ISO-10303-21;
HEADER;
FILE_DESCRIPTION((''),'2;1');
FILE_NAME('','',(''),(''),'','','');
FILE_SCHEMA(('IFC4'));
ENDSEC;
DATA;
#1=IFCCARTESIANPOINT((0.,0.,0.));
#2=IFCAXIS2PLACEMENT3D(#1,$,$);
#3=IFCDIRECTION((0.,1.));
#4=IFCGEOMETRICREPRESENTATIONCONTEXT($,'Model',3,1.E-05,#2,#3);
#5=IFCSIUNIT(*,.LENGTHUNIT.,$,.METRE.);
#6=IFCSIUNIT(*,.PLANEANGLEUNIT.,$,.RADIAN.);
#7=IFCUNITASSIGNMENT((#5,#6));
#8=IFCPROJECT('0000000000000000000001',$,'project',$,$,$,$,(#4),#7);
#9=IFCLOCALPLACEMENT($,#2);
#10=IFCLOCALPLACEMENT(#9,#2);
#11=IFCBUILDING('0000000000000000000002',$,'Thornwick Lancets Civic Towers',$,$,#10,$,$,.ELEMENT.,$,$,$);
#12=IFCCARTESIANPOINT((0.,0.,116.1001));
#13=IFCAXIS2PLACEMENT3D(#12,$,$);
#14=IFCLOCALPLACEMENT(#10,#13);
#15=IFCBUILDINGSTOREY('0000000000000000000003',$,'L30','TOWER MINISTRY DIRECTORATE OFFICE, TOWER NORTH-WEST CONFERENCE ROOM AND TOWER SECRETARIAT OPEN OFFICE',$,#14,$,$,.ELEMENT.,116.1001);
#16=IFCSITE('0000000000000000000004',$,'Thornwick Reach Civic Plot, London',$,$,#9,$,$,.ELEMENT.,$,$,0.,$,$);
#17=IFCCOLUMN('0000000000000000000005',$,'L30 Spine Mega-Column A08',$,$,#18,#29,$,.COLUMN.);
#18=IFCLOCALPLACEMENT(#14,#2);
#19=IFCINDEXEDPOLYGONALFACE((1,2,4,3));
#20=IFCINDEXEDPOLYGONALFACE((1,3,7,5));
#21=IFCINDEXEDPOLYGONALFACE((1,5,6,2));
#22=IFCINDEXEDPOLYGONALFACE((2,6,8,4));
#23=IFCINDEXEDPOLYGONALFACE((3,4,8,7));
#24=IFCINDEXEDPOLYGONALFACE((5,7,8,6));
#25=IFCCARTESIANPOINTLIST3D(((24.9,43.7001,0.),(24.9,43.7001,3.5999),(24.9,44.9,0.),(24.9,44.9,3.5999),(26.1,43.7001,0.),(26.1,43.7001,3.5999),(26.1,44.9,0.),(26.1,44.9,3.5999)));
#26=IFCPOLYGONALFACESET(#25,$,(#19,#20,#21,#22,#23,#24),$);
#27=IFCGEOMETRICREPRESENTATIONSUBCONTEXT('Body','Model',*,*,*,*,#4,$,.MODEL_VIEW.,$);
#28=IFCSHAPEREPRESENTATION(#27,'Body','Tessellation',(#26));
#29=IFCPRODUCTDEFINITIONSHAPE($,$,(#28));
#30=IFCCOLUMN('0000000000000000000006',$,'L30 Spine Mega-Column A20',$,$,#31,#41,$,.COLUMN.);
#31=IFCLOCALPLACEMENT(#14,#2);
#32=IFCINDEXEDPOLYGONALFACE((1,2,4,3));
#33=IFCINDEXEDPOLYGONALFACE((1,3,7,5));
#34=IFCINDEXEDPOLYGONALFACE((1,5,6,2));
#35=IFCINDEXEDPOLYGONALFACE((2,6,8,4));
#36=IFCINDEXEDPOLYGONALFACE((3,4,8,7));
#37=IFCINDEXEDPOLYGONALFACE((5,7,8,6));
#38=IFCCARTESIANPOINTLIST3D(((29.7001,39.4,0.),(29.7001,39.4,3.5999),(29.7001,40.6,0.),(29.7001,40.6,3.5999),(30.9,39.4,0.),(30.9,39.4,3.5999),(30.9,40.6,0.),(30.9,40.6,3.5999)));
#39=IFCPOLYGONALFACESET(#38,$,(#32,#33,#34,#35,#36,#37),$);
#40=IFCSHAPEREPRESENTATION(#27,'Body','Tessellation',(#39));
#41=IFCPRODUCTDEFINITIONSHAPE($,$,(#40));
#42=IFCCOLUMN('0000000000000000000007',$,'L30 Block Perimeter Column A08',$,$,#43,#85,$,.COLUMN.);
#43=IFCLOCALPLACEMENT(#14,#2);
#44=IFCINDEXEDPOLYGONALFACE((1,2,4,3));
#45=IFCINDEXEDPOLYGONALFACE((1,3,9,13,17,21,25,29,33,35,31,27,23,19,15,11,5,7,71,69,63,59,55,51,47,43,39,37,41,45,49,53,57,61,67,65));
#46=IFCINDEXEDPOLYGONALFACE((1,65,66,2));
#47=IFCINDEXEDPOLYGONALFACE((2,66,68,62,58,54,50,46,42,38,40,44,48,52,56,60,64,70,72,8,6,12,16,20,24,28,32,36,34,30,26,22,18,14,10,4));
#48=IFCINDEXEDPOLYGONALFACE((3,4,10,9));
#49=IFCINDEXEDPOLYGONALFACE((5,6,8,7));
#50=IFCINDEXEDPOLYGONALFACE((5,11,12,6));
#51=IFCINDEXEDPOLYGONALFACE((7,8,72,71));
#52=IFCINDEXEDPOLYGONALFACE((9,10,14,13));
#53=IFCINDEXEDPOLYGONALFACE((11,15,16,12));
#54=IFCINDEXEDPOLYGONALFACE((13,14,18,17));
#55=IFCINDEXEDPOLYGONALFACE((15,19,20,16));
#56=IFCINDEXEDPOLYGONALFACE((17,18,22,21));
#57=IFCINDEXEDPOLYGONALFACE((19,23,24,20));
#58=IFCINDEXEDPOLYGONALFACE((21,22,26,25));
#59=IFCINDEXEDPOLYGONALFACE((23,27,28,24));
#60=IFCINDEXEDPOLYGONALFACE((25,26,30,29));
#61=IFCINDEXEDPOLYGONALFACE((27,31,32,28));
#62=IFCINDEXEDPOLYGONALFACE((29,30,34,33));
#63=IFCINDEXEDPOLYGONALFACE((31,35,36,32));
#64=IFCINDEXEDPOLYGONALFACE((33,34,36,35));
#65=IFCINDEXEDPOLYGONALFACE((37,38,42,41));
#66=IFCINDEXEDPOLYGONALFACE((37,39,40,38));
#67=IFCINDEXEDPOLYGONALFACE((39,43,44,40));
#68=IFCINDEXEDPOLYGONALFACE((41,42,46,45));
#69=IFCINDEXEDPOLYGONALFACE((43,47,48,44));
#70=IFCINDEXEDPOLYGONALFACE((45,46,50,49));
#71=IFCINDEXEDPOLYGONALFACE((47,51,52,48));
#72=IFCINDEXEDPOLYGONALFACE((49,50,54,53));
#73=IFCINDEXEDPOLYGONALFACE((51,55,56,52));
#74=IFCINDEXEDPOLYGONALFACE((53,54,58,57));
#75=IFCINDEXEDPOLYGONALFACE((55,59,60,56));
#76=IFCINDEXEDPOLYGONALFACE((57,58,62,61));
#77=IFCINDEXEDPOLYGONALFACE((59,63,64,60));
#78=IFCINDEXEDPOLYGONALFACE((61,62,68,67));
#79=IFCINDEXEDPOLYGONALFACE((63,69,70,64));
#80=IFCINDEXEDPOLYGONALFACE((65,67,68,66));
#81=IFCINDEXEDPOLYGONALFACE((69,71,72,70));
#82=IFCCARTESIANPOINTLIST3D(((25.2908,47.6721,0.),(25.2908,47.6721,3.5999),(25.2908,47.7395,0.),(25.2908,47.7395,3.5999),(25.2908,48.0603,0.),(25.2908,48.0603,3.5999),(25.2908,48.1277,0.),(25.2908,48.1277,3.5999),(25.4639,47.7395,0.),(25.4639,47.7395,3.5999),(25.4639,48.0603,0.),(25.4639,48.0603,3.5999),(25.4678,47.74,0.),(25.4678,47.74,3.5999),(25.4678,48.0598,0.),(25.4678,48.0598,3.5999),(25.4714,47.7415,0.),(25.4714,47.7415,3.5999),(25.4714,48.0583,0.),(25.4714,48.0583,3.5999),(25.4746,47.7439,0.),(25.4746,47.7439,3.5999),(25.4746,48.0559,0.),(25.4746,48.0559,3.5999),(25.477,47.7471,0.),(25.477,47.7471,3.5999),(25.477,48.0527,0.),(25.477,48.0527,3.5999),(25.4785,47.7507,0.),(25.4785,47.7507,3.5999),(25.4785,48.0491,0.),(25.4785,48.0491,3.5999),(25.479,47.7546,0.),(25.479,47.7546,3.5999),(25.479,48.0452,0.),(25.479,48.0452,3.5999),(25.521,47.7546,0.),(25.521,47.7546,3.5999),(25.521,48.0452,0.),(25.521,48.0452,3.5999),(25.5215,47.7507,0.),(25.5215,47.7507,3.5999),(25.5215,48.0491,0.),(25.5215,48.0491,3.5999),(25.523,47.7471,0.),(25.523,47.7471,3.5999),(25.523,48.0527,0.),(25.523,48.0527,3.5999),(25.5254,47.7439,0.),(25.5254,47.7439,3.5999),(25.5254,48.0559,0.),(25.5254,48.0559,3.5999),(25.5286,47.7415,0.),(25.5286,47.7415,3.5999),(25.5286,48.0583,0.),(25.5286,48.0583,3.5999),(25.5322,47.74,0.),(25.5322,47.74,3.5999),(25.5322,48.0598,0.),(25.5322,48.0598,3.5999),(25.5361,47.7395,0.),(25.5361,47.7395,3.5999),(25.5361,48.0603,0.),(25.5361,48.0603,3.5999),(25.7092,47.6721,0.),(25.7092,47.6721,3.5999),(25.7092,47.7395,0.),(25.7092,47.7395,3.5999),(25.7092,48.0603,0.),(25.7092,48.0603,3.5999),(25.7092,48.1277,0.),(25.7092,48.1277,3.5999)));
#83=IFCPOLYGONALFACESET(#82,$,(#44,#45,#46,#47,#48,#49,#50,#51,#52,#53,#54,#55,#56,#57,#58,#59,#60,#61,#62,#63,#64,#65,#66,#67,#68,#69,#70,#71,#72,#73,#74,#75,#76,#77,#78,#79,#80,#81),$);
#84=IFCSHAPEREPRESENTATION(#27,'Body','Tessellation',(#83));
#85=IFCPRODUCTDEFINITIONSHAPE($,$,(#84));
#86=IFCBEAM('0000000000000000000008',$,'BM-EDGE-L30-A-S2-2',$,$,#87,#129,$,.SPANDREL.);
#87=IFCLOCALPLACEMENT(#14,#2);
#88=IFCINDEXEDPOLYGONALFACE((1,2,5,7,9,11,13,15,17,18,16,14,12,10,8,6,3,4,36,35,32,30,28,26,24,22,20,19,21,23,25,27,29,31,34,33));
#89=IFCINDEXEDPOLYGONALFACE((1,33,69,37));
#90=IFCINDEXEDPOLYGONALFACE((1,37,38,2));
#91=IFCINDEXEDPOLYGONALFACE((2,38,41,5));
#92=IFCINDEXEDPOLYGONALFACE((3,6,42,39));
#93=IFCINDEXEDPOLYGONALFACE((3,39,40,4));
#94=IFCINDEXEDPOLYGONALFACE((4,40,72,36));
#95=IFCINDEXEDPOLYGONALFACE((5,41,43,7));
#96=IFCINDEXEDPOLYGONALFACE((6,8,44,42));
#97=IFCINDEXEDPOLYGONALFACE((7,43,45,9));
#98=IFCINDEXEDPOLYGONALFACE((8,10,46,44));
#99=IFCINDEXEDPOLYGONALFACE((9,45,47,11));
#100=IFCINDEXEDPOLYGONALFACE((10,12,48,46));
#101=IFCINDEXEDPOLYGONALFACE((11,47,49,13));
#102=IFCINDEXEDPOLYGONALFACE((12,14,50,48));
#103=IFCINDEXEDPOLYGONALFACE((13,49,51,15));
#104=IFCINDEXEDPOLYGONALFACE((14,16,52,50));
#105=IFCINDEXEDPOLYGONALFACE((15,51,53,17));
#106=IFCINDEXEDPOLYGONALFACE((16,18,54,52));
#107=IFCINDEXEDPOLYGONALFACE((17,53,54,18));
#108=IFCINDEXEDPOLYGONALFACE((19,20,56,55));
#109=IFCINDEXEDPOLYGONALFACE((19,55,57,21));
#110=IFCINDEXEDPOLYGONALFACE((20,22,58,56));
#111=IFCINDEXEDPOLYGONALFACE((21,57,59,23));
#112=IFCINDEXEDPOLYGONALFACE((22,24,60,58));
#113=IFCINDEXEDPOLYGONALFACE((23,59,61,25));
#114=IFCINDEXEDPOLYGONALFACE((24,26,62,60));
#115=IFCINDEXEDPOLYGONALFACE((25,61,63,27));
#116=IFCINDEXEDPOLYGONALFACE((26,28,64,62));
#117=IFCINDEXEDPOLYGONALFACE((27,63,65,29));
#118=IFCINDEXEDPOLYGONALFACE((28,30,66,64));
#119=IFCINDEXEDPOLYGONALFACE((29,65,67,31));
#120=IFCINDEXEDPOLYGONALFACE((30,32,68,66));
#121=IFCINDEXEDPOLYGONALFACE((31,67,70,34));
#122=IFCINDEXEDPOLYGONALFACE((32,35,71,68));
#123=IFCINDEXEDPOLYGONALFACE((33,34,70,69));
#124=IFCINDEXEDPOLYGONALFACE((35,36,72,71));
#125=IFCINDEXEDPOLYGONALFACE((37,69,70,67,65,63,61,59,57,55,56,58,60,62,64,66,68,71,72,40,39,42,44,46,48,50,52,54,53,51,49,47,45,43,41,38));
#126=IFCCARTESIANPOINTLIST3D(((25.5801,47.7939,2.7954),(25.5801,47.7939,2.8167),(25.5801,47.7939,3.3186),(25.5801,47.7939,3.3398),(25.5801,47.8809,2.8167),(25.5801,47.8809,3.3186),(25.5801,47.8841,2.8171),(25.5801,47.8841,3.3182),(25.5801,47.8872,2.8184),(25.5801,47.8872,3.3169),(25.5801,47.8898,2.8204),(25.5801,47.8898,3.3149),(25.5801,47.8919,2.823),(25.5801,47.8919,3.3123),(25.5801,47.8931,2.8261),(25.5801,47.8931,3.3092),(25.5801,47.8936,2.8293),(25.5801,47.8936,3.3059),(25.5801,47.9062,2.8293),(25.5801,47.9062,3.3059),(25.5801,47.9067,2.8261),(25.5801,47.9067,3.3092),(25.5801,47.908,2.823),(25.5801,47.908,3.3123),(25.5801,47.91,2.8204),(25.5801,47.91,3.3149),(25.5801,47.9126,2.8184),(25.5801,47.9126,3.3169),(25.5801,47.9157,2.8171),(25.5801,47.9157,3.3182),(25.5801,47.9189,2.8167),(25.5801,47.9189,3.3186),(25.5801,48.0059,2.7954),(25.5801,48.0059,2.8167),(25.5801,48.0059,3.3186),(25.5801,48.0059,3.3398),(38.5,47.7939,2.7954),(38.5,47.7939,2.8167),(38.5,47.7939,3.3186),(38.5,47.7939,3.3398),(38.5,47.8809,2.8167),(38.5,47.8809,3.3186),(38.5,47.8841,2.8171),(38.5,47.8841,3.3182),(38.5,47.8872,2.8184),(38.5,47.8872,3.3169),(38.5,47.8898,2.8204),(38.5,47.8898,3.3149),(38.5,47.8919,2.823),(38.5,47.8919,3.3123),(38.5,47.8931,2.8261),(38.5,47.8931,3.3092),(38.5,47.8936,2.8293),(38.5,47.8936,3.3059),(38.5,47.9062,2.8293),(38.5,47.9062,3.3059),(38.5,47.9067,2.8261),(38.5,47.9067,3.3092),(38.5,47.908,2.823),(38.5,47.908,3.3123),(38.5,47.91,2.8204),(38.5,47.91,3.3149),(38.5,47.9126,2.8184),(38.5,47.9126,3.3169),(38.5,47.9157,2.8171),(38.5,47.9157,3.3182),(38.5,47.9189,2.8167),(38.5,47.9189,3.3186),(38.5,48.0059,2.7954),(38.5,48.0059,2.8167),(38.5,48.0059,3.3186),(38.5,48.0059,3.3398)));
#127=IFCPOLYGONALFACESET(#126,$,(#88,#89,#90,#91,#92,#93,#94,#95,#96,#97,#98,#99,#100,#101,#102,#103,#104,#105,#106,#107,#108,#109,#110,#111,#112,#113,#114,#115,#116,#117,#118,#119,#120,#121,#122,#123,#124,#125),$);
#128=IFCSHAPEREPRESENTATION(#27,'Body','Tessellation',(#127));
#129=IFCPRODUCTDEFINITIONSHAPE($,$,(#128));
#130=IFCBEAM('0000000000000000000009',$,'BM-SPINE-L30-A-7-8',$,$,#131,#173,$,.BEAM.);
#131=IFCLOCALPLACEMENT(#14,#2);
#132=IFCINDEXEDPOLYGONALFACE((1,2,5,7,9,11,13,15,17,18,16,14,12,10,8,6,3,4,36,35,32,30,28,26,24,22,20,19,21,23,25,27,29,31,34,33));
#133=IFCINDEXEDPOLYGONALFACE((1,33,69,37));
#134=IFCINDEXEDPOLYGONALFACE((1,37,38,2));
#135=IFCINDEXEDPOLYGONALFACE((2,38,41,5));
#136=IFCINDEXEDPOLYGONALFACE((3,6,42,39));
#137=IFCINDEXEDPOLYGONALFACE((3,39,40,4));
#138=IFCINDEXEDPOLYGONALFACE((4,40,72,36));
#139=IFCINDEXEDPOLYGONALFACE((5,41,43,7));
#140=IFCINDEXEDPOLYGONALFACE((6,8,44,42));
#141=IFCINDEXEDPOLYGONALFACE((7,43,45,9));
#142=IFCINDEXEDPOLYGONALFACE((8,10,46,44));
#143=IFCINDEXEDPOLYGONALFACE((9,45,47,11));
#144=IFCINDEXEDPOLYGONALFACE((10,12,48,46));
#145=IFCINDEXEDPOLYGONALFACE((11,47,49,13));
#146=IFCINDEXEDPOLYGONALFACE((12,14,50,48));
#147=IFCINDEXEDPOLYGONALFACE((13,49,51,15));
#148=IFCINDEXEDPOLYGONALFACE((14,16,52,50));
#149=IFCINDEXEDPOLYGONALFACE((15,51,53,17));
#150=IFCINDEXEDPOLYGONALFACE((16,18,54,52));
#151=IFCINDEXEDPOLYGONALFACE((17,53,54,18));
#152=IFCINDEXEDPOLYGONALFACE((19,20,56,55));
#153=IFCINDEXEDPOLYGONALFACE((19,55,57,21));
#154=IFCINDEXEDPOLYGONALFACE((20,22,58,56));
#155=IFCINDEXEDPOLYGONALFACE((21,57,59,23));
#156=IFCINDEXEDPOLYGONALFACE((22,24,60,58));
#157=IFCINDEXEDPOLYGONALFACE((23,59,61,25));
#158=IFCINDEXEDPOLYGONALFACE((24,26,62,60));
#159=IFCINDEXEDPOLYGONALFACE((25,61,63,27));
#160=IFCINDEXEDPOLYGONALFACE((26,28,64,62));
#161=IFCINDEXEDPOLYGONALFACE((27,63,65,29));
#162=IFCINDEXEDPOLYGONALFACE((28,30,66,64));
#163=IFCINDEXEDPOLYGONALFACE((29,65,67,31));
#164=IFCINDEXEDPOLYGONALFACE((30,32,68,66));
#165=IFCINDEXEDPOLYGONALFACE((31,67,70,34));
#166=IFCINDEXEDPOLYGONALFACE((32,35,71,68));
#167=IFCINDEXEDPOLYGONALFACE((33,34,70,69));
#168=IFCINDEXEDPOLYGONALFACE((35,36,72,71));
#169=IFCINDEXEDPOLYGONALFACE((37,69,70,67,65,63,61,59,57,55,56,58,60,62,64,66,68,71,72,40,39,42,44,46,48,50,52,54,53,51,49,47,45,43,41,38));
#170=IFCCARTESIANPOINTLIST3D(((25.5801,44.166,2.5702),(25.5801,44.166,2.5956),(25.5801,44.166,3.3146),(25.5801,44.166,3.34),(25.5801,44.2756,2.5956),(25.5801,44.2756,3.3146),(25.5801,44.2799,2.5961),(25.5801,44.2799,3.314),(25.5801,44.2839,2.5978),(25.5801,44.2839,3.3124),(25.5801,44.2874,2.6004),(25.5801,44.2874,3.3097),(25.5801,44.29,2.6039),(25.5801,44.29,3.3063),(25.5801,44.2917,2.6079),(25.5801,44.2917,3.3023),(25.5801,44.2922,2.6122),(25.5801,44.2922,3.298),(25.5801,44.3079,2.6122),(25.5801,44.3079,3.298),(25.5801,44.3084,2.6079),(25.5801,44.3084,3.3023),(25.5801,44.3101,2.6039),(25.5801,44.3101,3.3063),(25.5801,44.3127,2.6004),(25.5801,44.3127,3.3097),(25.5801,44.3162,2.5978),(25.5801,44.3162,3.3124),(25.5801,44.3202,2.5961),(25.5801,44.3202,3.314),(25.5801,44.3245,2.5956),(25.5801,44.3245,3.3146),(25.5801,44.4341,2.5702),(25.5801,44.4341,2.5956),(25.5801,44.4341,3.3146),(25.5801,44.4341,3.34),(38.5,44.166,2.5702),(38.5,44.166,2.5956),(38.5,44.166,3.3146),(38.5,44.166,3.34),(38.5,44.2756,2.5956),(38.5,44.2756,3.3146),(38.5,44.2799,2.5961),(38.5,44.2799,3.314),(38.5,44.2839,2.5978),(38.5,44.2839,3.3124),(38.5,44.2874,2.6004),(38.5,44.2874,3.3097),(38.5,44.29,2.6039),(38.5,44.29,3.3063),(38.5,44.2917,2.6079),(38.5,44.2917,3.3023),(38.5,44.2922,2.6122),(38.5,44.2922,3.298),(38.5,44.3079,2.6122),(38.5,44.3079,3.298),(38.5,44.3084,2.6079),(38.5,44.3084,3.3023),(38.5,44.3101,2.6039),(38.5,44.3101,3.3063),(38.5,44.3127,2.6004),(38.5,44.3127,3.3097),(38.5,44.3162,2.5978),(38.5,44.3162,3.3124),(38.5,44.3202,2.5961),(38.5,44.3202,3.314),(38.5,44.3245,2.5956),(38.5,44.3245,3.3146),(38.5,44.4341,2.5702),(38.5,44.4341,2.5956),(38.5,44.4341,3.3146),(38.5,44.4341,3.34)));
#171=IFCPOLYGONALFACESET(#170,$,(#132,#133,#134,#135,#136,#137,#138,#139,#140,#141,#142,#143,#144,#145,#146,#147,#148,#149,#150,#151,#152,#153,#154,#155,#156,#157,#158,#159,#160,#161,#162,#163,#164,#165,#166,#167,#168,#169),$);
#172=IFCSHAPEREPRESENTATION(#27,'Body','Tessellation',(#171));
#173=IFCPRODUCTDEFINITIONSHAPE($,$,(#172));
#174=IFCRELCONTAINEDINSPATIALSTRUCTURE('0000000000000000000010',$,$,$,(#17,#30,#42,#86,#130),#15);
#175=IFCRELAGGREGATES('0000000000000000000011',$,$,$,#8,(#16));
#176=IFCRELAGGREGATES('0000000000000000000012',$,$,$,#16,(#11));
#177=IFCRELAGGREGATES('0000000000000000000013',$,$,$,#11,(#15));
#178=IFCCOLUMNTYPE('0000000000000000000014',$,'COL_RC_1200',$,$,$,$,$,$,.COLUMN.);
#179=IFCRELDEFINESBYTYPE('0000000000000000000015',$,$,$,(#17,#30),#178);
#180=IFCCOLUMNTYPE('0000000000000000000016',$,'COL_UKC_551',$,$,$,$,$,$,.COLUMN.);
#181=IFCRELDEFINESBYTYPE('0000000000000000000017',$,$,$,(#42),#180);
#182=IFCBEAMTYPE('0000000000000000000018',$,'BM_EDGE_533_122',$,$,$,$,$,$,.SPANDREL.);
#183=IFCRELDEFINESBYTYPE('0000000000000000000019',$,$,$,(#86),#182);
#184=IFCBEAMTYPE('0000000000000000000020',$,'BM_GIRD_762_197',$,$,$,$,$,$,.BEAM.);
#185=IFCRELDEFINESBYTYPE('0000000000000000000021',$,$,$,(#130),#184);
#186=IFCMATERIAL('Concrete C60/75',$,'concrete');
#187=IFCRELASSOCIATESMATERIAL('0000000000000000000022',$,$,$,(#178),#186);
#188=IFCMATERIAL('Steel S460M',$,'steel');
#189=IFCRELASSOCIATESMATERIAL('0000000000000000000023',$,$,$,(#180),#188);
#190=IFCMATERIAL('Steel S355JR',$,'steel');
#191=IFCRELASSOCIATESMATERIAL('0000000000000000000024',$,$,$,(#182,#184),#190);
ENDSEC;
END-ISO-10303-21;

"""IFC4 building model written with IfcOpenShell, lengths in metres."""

from ifc_helpers import new_model, si_unit, direction, frame, origin, origin_2d, place, context, subcontext, project, spatial, rectangle, i_section, extrude, material, material_profile, profile_set, type_object, element, save


model = new_model("IFC4")

# Units and contexts
model_context = context("Model", 3, precision=1e-05, world=origin(), true_north=direction((0.0, 1.0)))
body_context = subcontext(model_context, "Body", "Model", "MODEL_VIEW")
ifc_project = project(units=[si_unit("LENGTHUNIT", "METRE"), si_unit("PLANEANGLEUNIT", "RADIAN")], contexts=[model_context])

# Site, building, storey
site_placement = place(None, origin())
site = spatial("IfcSite", under=ifc_project, at=site_placement, Name="Thornwick Reach Civic Plot, London", CompositionType="ELEMENT", RefElevation=0.0)
building_placement = place(site_placement, origin())
building = spatial("IfcBuilding", under=site, at=building_placement, Name="Thornwick Lancets Civic Towers", CompositionType="ELEMENT")
storey_placement = place(building_placement, frame((0.0, 0.0, 116.1001)))
storey = spatial("IfcBuildingStorey", under=building, at=storey_placement, Name="L30", Description="TOWER MINISTRY DIRECTORATE OFFICE, TOWER NORTH-WEST CONFERENCE ROOM AND TOWER SECRETARIAT OPEN OFFICE", CompositionType="ELEMENT", Elevation=116.1001)

# Columns
ifc_material_1 = material(Name="Concrete C60/75", Category="concrete")
ifc_material_profile_1 = material_profile(ifc_material_1, rectangle(XDim=1.2, YDim=1.2, at=origin_2d()), Name="RC 1200x1200")
ifc_profile_set_1 = profile_set([ifc_material_profile_1], Name="Concrete C60/75")
column_type_1 = type_object("IfcColumnType", Name="COL_RC_1200", PredefinedType="COLUMN", material=ifc_profile_set_1)
for number, where, z_axis, x_axis, name in (
    (1, (25.5, 44.3, 0.0), (0.0, 0.0, 1.0), (1.0, 0.0, 0.0), "L30 Spine Mega-Column A08"),
    (2, (30.3, 40.0, 0.0), (0.0, 0.0, 1.0), (1.0, 0.0, 0.0), "L30 Spine Mega-Column A20"),
):
    element("IfcColumn", number, at=place(storey_placement, frame(where, z_axis=z_axis, x_axis=x_axis)), inside=storey, type_object=column_type_1, Name=name, PredefinedType="COLUMN", context=body_context, shape_type="SweptSolid", body=[
        extrude(rectangle(XDim=1.2, YDim=1.2, at=origin_2d()), origin(), (0.0, 0.0, 1.0), 3.5999),
    ])
ifc_material_2 = material(Name="Steel S460M", Category="steel")
ifc_material_profile_2 = material_profile(ifc_material_2, i_section(OverallWidth=0.4185, OverallDepth=0.4556, WebThickness=0.042, FlangeThickness=0.0674, FilletRadius=0.0151, at=origin_2d()), Name="UKC 356x406x551")
ifc_profile_set_2 = profile_set([ifc_material_profile_2], Name="Steel S460M")
column_type_2 = type_object("IfcColumnType", Name="COL_UKC_551", PredefinedType="COLUMN", material=ifc_profile_set_2)
column_placement = place(storey_placement, frame((25.5, 47.8999, 0.0), z_axis=(0.0, 0.0, 1.0), x_axis=(1.0, 0.0, 0.0)))
element("IfcColumn", 3, at=column_placement, inside=storey, type_object=column_type_2, Name="L30 Block Perimeter Column A08", PredefinedType="COLUMN", context=body_context, shape_type="SweptSolid", body=[
    extrude(i_section(OverallWidth=0.4185, OverallDepth=0.4556, WebThickness=0.042, FlangeThickness=0.0674, FilletRadius=0.0151, at=origin_2d()), origin(), (0.0, 0.0, 1.0), 3.5999),
])

# Beams
ifc_material_3 = material(Name="Steel S355JR", Category="steel")
ifc_material_profile_3 = material_profile(ifc_material_3, i_section(OverallWidth=0.2119, OverallDepth=0.5444, WebThickness=0.0127, FlangeThickness=0.0212, FilletRadius=0.0127, at=origin_2d()), Name="UKB 533x210x122")
ifc_profile_set_3 = profile_set([ifc_material_profile_3], Name="Steel S355JR")
beam_type_1 = type_object("IfcBeamType", Name="BM_EDGE_533_122", PredefinedType="SPANDREL", material=ifc_profile_set_3)
beam_1_placement = place(storey_placement, frame((25.5801, 47.8999, 3.0676), z_axis=(1.0, 0.0, 0.0), x_axis=(0.0, 1.0, 0.0)))
element("IfcBeam", 4, at=beam_1_placement, inside=storey, type_object=beam_type_1, Name="BM-EDGE-L30-A-S2-2", PredefinedType="SPANDREL", context=body_context, shape_type="SweptSolid", body=[
    extrude(i_section(OverallWidth=0.2119, OverallDepth=0.5444, WebThickness=0.0127, FlangeThickness=0.0212, FilletRadius=0.0127, at=origin_2d()), origin(), (0.0, 0.0, 1.0), 12.9199),
])
ifc_material_profile_4 = material_profile(ifc_material_3, i_section(OverallWidth=0.2681, OverallDepth=0.7698, WebThickness=0.0156, FlangeThickness=0.0254, FilletRadius=0.0166, at=origin_2d()), Name="UKB 762x267x197")
ifc_profile_set_4 = profile_set([ifc_material_profile_4], Name="Steel S355JR")
beam_type_2 = type_object("IfcBeamType", Name="BM_GIRD_762_197", PredefinedType="BEAM", material=ifc_profile_set_4)
beam_2_placement = place(storey_placement, frame((25.5801, 44.3, 2.9551), z_axis=(1.0, 0.0, 0.0), x_axis=(0.0, 1.0, 0.0)))
element("IfcBeam", 5, at=beam_2_placement, inside=storey, type_object=beam_type_2, Name="BM-SPINE-L30-A-7-8", PredefinedType="BEAM", context=body_context, shape_type="SweptSolid", body=[
    extrude(i_section(OverallWidth=0.2681, OverallDepth=0.7698, WebThickness=0.0156, FlangeThickness=0.0254, FilletRadius=0.0166, at=origin_2d()), origin(), (0.0, 0.0, 1.0), 12.9199),
])

save(model, "model.ifc")
